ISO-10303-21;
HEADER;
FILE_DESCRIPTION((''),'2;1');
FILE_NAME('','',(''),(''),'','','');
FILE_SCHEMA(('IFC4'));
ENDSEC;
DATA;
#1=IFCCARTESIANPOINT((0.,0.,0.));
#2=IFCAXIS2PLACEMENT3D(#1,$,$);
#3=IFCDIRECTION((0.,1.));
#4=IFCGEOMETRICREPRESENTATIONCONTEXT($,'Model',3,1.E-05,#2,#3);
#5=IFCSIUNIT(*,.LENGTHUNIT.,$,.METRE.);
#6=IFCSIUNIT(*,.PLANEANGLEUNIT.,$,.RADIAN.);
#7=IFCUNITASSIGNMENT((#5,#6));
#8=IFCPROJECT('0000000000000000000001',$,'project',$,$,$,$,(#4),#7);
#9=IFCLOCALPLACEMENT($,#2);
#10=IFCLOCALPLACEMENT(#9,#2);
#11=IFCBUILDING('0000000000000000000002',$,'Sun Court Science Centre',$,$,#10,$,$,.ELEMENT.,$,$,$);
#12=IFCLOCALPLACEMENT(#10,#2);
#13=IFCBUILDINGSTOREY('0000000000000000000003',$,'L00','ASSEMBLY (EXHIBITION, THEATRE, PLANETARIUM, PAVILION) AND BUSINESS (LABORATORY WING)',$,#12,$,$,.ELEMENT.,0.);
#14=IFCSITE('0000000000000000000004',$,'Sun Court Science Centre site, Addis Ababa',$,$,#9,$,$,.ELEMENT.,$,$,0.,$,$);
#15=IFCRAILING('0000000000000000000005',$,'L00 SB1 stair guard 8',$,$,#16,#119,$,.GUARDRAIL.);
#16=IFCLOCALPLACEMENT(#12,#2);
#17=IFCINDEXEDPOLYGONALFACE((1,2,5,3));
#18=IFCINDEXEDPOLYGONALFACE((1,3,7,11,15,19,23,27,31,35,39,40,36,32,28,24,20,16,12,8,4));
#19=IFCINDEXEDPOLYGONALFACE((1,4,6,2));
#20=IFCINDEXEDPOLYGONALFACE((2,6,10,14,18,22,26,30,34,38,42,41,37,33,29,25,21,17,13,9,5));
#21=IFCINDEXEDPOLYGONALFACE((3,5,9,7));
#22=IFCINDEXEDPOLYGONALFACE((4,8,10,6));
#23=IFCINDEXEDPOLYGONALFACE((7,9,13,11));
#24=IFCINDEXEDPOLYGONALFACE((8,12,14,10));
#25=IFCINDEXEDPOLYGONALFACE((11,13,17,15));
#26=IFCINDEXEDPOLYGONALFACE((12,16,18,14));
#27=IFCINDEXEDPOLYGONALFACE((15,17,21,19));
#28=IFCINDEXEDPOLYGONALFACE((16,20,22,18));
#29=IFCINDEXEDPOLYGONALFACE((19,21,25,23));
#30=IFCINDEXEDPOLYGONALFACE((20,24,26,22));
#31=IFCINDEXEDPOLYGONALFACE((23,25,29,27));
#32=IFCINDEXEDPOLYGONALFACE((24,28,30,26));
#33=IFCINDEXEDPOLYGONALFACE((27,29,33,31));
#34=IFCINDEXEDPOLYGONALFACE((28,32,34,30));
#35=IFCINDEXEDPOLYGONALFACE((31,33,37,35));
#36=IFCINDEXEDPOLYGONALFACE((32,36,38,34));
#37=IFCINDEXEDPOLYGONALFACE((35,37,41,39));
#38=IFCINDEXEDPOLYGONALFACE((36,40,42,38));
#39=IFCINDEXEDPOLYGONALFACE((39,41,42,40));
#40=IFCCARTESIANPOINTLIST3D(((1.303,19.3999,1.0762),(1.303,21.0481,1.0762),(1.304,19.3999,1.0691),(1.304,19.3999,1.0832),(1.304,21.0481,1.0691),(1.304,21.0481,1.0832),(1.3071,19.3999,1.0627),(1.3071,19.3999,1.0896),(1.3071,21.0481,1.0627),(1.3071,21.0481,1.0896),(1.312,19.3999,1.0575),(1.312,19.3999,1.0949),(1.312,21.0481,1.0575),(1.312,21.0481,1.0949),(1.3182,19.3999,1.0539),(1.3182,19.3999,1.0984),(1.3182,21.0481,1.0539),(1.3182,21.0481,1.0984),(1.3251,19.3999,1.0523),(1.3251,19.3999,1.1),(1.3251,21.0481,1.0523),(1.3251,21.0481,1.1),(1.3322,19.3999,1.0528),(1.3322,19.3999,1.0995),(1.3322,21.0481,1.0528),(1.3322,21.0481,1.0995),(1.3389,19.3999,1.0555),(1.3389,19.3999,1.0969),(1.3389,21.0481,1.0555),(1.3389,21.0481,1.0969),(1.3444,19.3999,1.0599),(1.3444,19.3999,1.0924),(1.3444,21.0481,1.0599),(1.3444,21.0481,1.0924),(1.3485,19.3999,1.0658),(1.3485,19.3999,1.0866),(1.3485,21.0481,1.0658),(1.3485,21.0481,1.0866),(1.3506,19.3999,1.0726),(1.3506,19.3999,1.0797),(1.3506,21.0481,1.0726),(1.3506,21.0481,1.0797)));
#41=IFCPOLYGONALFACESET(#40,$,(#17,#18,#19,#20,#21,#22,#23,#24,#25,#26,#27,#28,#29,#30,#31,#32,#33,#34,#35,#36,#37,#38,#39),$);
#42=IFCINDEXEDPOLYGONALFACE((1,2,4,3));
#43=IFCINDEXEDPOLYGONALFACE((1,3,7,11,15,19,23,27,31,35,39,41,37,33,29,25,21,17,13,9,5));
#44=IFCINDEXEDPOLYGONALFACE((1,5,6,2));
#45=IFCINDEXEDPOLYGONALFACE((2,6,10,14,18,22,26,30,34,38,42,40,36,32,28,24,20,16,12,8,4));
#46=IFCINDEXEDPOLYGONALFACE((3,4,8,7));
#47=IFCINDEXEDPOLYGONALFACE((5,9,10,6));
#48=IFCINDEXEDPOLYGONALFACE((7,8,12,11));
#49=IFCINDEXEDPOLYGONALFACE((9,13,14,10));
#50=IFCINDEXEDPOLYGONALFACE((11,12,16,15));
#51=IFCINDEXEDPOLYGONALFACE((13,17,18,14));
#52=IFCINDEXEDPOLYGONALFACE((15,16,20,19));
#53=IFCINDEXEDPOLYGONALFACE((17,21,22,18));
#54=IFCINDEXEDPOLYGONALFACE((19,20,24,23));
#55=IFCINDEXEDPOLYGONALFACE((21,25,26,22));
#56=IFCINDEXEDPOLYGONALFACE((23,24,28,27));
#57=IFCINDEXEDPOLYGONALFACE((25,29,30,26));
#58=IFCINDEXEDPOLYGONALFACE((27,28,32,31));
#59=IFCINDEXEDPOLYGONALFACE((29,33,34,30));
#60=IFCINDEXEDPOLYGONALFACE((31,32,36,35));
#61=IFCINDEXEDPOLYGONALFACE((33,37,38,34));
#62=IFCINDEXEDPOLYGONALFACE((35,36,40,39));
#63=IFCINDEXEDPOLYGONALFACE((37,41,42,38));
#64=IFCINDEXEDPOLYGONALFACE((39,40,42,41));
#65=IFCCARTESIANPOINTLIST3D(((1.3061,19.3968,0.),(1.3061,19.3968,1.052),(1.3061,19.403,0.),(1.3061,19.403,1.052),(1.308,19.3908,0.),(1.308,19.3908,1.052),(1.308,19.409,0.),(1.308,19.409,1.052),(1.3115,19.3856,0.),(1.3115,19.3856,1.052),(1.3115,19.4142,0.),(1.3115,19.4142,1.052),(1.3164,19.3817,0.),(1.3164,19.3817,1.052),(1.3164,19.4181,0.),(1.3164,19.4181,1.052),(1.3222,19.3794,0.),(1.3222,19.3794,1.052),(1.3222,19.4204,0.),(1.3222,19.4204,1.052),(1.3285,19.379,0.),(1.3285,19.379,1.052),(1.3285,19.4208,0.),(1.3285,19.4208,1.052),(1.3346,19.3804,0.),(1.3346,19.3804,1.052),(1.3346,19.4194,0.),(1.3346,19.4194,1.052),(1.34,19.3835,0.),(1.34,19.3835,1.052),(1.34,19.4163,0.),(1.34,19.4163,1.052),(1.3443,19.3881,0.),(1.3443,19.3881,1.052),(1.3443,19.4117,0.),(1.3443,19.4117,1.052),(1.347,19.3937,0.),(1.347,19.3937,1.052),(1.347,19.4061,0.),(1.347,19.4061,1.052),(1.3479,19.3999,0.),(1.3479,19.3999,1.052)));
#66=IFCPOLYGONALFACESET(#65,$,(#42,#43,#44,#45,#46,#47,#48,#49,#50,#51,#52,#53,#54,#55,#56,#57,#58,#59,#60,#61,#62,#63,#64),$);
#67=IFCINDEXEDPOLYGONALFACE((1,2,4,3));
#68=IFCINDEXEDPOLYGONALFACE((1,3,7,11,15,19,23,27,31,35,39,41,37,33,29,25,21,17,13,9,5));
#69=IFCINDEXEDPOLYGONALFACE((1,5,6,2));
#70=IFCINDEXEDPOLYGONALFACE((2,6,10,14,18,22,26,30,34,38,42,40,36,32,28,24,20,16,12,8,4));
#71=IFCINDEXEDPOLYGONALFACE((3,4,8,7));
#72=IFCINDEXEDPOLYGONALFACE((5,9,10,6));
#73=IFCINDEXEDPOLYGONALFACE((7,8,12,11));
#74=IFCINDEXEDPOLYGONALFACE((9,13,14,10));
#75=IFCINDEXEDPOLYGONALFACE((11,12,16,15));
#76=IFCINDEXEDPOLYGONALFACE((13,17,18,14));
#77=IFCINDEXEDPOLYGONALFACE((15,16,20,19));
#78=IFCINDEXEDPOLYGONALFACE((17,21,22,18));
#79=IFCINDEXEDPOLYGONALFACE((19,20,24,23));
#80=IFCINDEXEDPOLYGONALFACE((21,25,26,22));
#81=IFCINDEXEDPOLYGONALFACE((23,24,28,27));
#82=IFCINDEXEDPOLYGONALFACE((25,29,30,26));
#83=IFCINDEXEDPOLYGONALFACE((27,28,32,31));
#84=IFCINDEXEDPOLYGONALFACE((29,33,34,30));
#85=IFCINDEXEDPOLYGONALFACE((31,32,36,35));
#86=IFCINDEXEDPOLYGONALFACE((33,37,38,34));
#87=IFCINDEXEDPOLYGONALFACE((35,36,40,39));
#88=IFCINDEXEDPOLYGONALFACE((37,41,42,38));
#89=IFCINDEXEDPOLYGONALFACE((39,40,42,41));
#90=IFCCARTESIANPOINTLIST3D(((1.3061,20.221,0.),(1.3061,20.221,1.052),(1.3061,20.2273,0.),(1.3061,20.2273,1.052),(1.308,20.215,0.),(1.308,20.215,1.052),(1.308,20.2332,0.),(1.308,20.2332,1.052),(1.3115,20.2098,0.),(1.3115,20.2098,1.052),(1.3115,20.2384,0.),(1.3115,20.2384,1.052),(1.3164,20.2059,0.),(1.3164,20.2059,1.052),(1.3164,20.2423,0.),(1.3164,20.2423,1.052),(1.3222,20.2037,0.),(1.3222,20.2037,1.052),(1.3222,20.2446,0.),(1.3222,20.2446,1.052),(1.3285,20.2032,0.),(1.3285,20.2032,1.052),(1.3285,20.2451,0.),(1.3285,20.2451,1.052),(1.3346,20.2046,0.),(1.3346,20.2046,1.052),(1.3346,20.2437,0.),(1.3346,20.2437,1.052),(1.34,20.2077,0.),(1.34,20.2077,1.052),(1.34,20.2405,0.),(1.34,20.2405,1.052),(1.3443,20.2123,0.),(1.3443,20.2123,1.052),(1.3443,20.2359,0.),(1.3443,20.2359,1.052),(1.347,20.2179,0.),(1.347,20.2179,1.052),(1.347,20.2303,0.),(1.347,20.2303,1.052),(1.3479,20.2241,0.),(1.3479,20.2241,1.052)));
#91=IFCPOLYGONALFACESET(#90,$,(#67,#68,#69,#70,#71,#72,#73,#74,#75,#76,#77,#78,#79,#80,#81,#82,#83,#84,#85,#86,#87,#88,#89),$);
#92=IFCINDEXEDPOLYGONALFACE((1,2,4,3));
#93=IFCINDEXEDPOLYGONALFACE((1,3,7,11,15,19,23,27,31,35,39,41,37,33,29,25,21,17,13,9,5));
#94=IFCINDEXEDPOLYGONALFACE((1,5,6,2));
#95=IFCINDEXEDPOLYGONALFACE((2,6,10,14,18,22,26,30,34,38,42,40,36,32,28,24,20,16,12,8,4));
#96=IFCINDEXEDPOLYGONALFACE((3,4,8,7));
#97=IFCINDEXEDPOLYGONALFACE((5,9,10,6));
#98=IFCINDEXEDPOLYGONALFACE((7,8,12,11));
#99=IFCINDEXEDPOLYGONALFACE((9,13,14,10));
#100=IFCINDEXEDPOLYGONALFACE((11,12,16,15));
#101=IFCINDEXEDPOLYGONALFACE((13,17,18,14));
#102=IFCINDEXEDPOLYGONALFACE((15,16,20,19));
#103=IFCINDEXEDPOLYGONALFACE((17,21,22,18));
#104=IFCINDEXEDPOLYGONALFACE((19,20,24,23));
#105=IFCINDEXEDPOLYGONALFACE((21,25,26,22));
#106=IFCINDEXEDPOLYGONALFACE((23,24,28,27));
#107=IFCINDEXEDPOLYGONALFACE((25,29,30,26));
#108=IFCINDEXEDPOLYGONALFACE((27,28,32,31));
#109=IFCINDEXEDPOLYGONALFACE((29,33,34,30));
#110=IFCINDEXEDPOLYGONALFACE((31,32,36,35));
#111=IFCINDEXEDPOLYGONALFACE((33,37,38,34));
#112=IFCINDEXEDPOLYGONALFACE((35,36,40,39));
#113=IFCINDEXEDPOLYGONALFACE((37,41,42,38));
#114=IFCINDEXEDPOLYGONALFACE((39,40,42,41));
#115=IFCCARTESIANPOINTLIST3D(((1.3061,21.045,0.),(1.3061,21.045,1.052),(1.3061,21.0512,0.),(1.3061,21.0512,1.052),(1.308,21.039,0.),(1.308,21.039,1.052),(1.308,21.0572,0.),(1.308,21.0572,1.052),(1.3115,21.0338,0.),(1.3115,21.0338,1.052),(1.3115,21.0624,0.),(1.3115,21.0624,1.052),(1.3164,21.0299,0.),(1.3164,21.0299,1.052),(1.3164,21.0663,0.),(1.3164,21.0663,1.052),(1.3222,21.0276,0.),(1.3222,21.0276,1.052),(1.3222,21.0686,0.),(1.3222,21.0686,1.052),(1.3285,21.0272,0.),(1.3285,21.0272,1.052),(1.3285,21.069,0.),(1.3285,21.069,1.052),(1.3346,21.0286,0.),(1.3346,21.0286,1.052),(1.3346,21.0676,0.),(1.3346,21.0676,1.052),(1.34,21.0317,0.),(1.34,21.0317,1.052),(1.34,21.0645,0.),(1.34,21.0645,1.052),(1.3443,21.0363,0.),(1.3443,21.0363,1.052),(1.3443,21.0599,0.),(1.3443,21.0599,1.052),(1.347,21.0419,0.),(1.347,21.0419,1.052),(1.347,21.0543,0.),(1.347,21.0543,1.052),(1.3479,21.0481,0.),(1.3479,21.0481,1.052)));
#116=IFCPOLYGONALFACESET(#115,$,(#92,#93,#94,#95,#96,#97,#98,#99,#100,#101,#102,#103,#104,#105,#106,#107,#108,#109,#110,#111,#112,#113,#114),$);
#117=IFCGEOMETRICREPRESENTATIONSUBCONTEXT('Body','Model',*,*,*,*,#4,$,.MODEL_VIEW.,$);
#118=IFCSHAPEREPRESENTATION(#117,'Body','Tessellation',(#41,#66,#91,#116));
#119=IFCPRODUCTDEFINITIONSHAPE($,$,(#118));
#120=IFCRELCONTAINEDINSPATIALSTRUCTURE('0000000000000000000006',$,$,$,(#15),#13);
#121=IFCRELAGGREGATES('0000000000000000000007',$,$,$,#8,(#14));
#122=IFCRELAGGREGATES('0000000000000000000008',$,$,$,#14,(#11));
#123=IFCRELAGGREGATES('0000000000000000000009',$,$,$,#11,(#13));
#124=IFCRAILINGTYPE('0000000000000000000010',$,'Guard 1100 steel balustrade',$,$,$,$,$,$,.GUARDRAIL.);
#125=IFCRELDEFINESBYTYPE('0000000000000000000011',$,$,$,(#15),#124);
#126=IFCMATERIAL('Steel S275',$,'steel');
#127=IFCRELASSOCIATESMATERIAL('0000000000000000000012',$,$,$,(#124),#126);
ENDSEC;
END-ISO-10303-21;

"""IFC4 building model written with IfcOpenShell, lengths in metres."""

from ifc_helpers import new_model, si_unit, direction, frame, origin, origin_2d, place, context, subcontext, project, spatial, circle, extrude, material, type_object, element, save


model = new_model("IFC4")

# Units and contexts
model_context = context("Model", 3, precision=1e-05, world=origin(), true_north=direction((0.0, 1.0)))
body_context = subcontext(model_context, "Body", "Model", "MODEL_VIEW")
ifc_project = project(units=[si_unit("LENGTHUNIT", "METRE"), si_unit("PLANEANGLEUNIT", "RADIAN")], contexts=[model_context])

# Site, building, storey
site_placement = place(None, origin())
site = spatial("IfcSite", under=ifc_project, at=site_placement, Name="Sun Court Science Centre site, Addis Ababa", CompositionType="ELEMENT", RefElevation=0.0)
building_placement = place(site_placement, origin())
building = spatial("IfcBuilding", under=site, at=building_placement, Name="Sun Court Science Centre", CompositionType="ELEMENT")
storey_placement = place(building_placement, origin())
storey = spatial("IfcBuildingStorey", under=building, at=storey_placement, Name="L00", Description="ASSEMBLY (EXHIBITION, THEATRE, PLANETARIUM, PAVILION) AND BUSINESS (LABORATORY WING)", CompositionType="ELEMENT", Elevation=0.0)

# Railing
ifc_material_1 = material(Name="Steel S275", Category="steel")
railing_type_1 = type_object("IfcRailingType", Name="Guard 1100 steel balustrade", PredefinedType="GUARDRAIL", material=ifc_material_1)
for number, where, name in (
    (1, (1.3269, 19.3999, 0.0), "L00 SB1 stair guard 8"),
):
    element("IfcRailing", number, at=place(storey_placement, frame(where)), inside=storey, type_object=railing_type_1, Name=name, PredefinedType="GUARDRAIL", context=body_context, shape_type="SweptSolid", body=[
        extrude(circle(Radius=0.0239, at=origin_2d()), frame((0.0, 0.0, 1.0762), z_axis=(0.0, 1.0, 0.0), x_axis=(-1.0, 0.0, 0.0)), (0.0, 0.0, 1.0), 1.6482),
        extrude(circle(Radius=0.021, at=origin_2d()), origin(), (0.0, 0.0, 1.0), 1.052),
        extrude(circle(Radius=0.021, at=origin_2d()), frame((0.0, 0.8242, 0.0)), (0.0, 0.0, 1.0), 1.052),
        extrude(circle(Radius=0.021, at=origin_2d()), frame((0.0, 1.6482, 0.0)), (0.0, 0.0, 1.0), 1.052),
    ])

save(model, "model.ifc")
